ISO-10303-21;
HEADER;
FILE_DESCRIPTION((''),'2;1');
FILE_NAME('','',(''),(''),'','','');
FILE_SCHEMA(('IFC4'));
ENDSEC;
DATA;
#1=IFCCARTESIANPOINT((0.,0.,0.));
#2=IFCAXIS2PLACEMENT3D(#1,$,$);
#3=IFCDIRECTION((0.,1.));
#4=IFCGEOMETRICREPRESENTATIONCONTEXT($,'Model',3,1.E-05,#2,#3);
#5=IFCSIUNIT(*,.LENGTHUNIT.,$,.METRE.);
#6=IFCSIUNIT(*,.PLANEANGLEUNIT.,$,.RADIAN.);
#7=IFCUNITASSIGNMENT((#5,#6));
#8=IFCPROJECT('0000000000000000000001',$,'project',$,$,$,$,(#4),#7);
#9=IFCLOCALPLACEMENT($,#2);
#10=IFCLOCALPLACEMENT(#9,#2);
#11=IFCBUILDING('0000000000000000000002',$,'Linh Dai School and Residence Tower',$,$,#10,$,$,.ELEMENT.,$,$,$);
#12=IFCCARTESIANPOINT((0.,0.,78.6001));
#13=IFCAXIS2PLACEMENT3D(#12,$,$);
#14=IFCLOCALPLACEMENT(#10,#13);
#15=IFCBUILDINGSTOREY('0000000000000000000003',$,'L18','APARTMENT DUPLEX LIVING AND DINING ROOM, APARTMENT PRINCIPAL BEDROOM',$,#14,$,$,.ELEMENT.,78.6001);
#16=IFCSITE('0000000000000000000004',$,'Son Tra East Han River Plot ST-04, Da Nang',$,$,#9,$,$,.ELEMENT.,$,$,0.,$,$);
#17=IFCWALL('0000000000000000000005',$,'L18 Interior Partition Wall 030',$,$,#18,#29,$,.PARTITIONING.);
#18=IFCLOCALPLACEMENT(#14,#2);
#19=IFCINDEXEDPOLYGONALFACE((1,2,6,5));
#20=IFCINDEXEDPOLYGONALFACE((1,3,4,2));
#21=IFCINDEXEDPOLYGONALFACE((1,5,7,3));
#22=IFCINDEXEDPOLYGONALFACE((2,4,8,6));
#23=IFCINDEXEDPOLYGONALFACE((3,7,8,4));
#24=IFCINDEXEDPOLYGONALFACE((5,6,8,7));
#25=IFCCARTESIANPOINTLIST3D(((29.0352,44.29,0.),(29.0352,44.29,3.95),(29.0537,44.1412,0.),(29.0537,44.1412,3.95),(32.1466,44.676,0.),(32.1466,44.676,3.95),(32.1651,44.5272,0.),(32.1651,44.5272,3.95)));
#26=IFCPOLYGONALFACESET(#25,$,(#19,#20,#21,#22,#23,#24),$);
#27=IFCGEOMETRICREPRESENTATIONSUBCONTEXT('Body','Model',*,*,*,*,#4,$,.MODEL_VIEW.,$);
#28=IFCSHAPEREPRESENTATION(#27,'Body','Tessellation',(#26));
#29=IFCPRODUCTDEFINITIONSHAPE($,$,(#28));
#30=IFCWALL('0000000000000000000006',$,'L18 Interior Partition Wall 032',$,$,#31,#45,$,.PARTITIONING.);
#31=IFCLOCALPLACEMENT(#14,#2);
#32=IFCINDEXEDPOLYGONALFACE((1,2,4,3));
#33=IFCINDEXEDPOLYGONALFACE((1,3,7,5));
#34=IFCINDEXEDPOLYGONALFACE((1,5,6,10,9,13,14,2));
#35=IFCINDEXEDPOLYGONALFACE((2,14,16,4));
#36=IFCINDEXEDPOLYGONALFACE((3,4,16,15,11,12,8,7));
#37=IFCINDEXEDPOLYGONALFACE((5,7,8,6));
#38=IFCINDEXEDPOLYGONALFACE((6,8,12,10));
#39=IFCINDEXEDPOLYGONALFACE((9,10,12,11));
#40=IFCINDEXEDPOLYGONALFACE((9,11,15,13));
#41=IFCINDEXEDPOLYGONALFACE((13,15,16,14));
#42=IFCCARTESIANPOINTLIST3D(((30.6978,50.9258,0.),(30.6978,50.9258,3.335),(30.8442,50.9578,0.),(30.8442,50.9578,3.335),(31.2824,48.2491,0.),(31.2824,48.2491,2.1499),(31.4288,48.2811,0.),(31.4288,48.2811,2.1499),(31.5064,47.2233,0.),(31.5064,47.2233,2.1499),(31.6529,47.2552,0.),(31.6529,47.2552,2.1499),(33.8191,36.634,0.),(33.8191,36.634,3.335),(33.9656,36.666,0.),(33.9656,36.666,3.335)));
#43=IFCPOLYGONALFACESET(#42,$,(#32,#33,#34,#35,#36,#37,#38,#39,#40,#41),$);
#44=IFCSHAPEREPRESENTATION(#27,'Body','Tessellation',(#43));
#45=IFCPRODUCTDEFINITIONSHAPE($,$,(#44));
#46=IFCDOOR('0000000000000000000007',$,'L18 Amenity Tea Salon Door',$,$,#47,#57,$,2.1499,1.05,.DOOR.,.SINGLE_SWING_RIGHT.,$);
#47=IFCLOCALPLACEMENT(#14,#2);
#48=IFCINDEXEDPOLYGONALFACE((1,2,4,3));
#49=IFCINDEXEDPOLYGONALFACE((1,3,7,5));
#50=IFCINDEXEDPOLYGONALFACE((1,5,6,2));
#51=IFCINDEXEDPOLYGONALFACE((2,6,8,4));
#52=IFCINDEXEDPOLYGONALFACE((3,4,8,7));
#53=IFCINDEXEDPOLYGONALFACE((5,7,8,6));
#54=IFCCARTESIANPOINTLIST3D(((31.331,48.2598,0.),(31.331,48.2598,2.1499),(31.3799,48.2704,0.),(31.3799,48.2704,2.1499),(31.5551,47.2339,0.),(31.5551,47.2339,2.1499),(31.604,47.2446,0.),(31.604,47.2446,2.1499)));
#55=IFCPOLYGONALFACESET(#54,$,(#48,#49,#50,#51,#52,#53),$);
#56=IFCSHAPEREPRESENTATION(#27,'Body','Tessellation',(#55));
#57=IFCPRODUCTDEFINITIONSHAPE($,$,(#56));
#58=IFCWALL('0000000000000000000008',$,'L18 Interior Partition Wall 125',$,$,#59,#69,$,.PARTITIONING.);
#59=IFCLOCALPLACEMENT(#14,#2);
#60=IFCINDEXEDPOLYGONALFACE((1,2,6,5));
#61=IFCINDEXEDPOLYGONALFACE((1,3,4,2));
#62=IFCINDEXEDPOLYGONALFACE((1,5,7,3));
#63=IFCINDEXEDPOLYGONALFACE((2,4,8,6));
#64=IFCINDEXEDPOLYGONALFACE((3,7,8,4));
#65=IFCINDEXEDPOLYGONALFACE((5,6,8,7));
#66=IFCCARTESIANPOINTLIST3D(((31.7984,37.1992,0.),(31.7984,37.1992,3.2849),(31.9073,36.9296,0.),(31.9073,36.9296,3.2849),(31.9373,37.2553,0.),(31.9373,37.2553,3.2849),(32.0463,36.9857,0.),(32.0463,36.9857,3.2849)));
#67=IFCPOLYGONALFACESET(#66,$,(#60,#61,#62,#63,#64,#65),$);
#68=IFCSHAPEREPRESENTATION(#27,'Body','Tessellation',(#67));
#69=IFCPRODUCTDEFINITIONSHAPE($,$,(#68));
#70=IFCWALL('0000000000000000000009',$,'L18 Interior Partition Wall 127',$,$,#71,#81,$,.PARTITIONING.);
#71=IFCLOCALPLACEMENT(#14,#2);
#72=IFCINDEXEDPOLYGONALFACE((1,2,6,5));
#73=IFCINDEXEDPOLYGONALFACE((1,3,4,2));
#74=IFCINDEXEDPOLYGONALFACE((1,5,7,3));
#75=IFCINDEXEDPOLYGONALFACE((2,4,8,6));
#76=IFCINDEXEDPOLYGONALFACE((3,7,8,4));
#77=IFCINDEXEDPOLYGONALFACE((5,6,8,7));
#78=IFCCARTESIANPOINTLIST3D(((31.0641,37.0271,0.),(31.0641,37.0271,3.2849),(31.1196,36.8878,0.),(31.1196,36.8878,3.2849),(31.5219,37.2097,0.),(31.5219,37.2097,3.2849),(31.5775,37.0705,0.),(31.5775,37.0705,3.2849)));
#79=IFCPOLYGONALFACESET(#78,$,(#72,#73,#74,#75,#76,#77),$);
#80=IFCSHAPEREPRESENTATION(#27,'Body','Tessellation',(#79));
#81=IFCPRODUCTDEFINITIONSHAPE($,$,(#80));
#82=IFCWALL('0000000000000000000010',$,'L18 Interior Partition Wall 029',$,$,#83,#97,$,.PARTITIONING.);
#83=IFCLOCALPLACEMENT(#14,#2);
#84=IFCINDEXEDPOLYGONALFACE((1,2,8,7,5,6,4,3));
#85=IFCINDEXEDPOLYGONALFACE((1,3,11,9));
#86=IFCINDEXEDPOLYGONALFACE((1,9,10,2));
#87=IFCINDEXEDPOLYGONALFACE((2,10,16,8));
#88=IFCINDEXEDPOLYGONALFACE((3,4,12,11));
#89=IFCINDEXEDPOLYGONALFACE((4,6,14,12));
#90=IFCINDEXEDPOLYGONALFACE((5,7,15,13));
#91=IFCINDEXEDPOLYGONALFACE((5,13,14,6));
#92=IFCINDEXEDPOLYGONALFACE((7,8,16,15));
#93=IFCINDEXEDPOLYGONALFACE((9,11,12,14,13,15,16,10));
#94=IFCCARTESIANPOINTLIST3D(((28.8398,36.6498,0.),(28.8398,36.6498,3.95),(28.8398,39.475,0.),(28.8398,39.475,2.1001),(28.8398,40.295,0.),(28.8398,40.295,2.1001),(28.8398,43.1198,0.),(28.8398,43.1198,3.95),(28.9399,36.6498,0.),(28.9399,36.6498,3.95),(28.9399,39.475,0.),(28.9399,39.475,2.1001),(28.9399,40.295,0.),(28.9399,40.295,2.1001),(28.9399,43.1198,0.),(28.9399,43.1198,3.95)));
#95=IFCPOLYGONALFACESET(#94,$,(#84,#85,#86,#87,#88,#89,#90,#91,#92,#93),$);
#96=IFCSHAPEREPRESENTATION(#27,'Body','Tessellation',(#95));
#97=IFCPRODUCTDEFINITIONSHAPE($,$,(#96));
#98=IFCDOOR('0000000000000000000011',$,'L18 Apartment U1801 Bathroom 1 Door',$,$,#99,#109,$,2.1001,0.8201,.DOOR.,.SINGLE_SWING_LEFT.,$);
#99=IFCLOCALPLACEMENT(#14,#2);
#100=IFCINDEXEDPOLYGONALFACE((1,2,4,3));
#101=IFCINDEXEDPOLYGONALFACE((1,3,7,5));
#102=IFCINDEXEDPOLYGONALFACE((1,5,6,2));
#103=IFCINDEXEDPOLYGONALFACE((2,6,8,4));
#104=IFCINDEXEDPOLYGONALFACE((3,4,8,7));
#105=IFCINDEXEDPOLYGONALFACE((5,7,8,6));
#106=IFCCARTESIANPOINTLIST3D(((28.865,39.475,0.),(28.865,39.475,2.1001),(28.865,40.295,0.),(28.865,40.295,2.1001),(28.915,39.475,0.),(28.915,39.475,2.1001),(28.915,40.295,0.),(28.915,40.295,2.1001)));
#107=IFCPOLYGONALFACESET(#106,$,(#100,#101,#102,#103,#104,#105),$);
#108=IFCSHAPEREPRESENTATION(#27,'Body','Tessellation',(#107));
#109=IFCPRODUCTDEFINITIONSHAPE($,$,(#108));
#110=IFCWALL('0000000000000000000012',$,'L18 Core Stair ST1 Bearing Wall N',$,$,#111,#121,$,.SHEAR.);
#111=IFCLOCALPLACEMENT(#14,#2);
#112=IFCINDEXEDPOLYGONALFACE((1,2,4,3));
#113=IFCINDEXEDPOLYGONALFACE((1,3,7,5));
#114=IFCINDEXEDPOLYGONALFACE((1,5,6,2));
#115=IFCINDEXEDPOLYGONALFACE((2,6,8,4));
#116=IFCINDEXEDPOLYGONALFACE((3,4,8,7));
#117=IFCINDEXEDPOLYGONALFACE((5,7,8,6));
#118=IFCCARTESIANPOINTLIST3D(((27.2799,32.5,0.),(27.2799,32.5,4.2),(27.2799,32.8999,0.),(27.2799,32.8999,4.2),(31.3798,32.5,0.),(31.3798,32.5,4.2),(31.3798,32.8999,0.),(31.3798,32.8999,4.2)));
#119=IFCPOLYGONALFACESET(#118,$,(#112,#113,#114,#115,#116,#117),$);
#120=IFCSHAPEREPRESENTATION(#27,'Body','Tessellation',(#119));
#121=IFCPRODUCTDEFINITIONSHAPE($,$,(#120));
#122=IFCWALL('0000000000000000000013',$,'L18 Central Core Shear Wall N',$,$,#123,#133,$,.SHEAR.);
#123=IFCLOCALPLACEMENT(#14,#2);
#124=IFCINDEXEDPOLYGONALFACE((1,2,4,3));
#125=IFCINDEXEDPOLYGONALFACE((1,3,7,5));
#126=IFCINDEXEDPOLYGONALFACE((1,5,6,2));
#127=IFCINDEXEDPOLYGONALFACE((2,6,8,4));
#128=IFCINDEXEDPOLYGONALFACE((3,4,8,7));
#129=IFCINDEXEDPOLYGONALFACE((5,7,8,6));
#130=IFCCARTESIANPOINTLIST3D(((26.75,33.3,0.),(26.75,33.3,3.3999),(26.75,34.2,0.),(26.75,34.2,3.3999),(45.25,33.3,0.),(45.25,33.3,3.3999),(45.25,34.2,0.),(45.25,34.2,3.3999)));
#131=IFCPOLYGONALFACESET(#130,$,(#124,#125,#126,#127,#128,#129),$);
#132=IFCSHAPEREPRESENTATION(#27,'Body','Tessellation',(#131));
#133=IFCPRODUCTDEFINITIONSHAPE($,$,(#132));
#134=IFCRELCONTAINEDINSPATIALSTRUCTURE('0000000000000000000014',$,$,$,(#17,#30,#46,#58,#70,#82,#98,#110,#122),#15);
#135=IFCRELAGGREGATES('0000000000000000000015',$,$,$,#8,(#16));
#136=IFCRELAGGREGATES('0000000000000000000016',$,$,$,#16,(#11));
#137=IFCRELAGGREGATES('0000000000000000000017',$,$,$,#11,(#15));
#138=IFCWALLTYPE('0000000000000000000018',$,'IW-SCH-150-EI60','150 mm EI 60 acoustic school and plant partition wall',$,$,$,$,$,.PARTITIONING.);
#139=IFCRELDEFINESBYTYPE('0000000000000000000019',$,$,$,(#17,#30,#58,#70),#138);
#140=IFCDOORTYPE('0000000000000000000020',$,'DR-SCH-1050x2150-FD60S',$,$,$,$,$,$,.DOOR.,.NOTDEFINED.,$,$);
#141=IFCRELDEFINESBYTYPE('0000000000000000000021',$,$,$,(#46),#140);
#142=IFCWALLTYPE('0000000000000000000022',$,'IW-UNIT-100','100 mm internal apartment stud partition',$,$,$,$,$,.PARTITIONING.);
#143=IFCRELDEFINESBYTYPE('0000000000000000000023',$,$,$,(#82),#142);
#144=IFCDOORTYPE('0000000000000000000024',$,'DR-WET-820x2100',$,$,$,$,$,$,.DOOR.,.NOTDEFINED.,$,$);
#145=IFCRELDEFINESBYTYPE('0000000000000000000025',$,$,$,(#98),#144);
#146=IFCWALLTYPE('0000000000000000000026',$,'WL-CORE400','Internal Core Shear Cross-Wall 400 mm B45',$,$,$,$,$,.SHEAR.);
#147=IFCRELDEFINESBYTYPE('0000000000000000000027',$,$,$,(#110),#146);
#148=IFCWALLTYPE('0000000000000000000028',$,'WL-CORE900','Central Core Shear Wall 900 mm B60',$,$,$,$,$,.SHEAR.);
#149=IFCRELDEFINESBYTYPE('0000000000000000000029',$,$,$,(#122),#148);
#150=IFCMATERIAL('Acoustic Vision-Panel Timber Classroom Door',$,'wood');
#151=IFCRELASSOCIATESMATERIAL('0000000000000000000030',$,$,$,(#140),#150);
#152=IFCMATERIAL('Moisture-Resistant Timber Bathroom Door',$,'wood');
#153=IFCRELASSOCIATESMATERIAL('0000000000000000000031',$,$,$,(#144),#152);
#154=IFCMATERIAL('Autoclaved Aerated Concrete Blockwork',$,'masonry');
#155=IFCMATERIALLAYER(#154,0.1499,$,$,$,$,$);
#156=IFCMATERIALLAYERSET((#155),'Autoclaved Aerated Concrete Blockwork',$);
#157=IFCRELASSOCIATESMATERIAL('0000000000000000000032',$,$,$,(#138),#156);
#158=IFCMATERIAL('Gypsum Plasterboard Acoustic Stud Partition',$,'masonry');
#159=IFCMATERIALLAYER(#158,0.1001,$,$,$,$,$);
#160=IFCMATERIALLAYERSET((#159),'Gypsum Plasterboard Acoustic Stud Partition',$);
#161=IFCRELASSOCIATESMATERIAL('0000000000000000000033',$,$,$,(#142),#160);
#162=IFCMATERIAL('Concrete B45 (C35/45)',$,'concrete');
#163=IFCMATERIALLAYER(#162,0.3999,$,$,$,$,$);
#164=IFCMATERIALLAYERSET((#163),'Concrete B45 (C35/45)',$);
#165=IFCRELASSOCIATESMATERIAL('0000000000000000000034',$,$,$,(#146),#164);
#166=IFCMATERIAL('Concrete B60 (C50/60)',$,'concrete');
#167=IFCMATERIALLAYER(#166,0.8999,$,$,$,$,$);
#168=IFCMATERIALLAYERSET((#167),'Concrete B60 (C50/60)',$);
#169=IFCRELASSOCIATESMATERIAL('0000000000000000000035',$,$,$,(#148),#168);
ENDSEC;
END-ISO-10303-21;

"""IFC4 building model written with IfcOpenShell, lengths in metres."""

from ifc_helpers import new_model, si_unit, direction, frame, frame_2d, origin, origin_2d, place, context, subcontext, project, spatial, rectangle, extrude, source, transform, mapped, material, layer, layer_set, type_object, element, fill, save


model = new_model("IFC4")

# Units and contexts
model_context = context("Model", 3, precision=1e-05, world=origin(), true_north=direction((0.0, 1.0)))
body_context = subcontext(model_context, "Body", "Model", "MODEL_VIEW")
ifc_project = project(units=[si_unit("LENGTHUNIT", "METRE"), si_unit("PLANEANGLEUNIT", "RADIAN")], contexts=[model_context])

# Site, building, storey
site_placement = place(None, origin())
site = spatial("IfcSite", under=ifc_project, at=site_placement, Name="Son Tra East Han River Plot ST-04, Da Nang", CompositionType="ELEMENT", RefElevation=0.0)
building_placement = place(site_placement, origin())
building = spatial("IfcBuilding", under=site, at=building_placement, Name="Linh Dai School and Residence Tower", CompositionType="ELEMENT")
storey_placement = place(building_placement, frame((0.0, 0.0, 78.6001)))
storey = spatial("IfcBuildingStorey", under=building, at=storey_placement, Name="L18", Description="APARTMENT DUPLEX LIVING AND DINING ROOM, APARTMENT PRINCIPAL BEDROOM", CompositionType="ELEMENT", Elevation=78.6001)

# Shared definitions
ifc_material_1 = material(Name="Autoclaved Aerated Concrete Blockwork", Category="masonry")
ifc_material_2 = material(Name="Acoustic Vision-Panel Timber Classroom Door", Category="wood")
door_type_1 = type_object("IfcDoorType", Name="DR-SCH-1050x2150-FD60S", OperationType="NOTDEFINED", PredefinedType="DOOR", material=ifc_material_2)
shared_shape_1 = source(origin(), body_context, "Body", "SweptSolid", [
    extrude(rectangle(XDim=1.05, YDim=2.1499, at=origin_2d()), frame((0.5249, 0.0249, 1.075), z_axis=(0.0, -1.0, 0.0), x_axis=(1.0, 0.0, 0.0)), (0.0, 0.0, 1.0), 0.05),
])
ifc_material_3 = material(Name="Moisture-Resistant Timber Bathroom Door", Category="wood")
door_type_2 = type_object("IfcDoorType", Name="DR-WET-820x2100", OperationType="NOTDEFINED", PredefinedType="DOOR", material=ifc_material_3)
shared_shape_2 = source(origin(), body_context, "Body", "SweptSolid", [
    extrude(rectangle(XDim=0.8201, YDim=2.1001, at=origin_2d()), frame((0.4102, 0.0249, 1.05), z_axis=(0.0, -1.0, 0.0), x_axis=(1.0, 0.0, 0.0)), (0.0, 0.0, 1.0), 0.05),
])

# Wall
ifc_layer_1 = layer(ifc_material_1, 0.1499)
ifc_layer_set_1 = layer_set([ifc_layer_1], Name="Autoclaved Aerated Concrete Blockwork")
wall_type_1 = type_object("IfcWallType", Name="IW-SCH-150-EI60", Description="150 mm EI 60 acoustic school and plant partition wall", PredefinedType="PARTITIONING", material=ifc_layer_set_1)
wall_1_placement = place(storey_placement, frame((29.0444, 44.2156, 0.0), z_axis=(0.0, 0.0, 1.0), x_axis=(0.992392, 0.123115, 0.0)))
element("IfcWall", 1, at=wall_1_placement, inside=storey, type_object=wall_type_1, Name="L18 Interior Partition Wall 030", PredefinedType="PARTITIONING", context=body_context, shape_type="SweptSolid", body=[
    extrude(rectangle(XDim=3.1353, YDim=0.1499, at=frame_2d((1.5676, 0.0))), origin(), (0.0, 0.0, 1.0), 3.95),
])

# Wall, opening, door
wall_2_placement = place(storey_placement, frame((30.771, 50.9419, 0.0), z_axis=(0.0, 0.0, 1.0), x_axis=(0.213372, -0.976971, 0.0)))
wall_2 = element("IfcWall", 2, at=wall_2_placement, inside=storey, type_object=wall_type_1, Name="L18 Interior Partition Wall 032", PredefinedType="PARTITIONING", context=body_context, shape_type="SweptSolid", body=[
    extrude(rectangle(XDim=14.6287, YDim=0.1499, at=frame_2d((7.3145, 0.0))), origin(), (0.0, 0.0, 1.0), 3.335),
])
opening_1_placement = place(wall_2_placement, frame((2.74, 0.0, 0.0)))
opening_1 = element("IfcOpeningElement", 3, at=opening_1_placement, cuts=wall_2, PredefinedType="OPENING", context=body_context, shape_type="SweptSolid", body=[
    extrude(rectangle(XDim=1.05, YDim=2.1499, at=origin_2d()), frame((0.5249, 0.085, 1.075), z_axis=(0.0, -1.0, 0.0), x_axis=(1.0, 0.0, 0.0)), (0.0, 0.0, 1.0), 0.1699),
])
door_1_placement = place(opening_1_placement, origin())
door_1 = element("IfcDoor", 4, at=door_1_placement, inside=storey, type_object=door_type_1, Name="L18 Amenity Tea Salon Door", OperationType="SINGLE_SWING_RIGHT", OverallHeight=2.1499, OverallWidth=1.05, PredefinedType="DOOR", context=body_context, shape_type="MappedRepresentation", body=[
    mapped(shared_shape_1, transform((0.0, 0.0, 0.0), x_axis=(1.0, 0.0, 0.0), y_axis=(0.0, 1.0, 0.0), z_axis=(0.0, 0.0, 1.0), scale=1.0)),
])
fill(opening_1, door_1)

# Walls
wall_3_placement = place(storey_placement, frame((31.9768, 36.9575, 0.0), z_axis=(0.0, 0.0, 1.0), x_axis=(-0.374574, 0.927197, 0.0)))
element("IfcWall", 5, at=wall_3_placement, inside=storey, type_object=wall_type_1, Name="L18 Interior Partition Wall 125", PredefinedType="PARTITIONING", context=body_context, shape_type="SweptSolid", body=[
    extrude(rectangle(XDim=0.2908, YDim=0.1499, at=frame_2d((0.1455, 0.0))), origin(), (0.0, 0.0, 1.0), 3.2849),
])
wall_4_placement = place(storey_placement, frame((31.5498, 37.1401, 0.0), z_axis=(0.0, 0.0, 1.0), x_axis=(-0.928818, -0.370536, 0.0)))
element("IfcWall", 6, at=wall_4_placement, inside=storey, type_object=wall_type_1, Name="L18 Interior Partition Wall 127", PredefinedType="PARTITIONING", context=body_context, shape_type="SweptSolid", body=[
    extrude(rectangle(XDim=0.4929, YDim=0.1499, at=frame_2d((0.2466, 0.0))), origin(), (0.0, 0.0, 1.0), 3.2849),
])

# Wall, opening, door
ifc_material_4 = material(Name="Gypsum Plasterboard Acoustic Stud Partition", Category="masonry")
ifc_layer_2 = layer(ifc_material_4, 0.1001)
ifc_layer_set_2 = layer_set([ifc_layer_2], Name="Gypsum Plasterboard Acoustic Stud Partition")
wall_type_2 = type_object("IfcWallType", Name="IW-UNIT-100", Description="100 mm internal apartment stud partition", PredefinedType="PARTITIONING", material=ifc_layer_set_2)
wall_5_placement = place(storey_placement, frame((28.8899, 36.6499, 0.0), z_axis=(0.0, 0.0, 1.0), x_axis=(0.0, 1.0, 0.0)))
wall_5 = element("IfcWall", 7, at=wall_5_placement, inside=storey, type_object=wall_type_2, Name="L18 Interior Partition Wall 029", PredefinedType="PARTITIONING", context=body_context, shape_type="SweptSolid", body=[
    extrude(rectangle(XDim=6.47, YDim=0.1001, at=frame_2d((3.2349, 0.0))), origin(), (0.0, 0.0, 1.0), 3.95),
])
opening_2_placement = place(wall_5_placement, frame((2.825, 0.0, 0.0)))
opening_2 = element("IfcOpeningElement", 8, at=opening_2_placement, cuts=wall_5, PredefinedType="OPENING", context=body_context, shape_type="SweptSolid", body=[
    extrude(rectangle(XDim=0.8201, YDim=2.1001, at=origin_2d()), frame((0.4102, 0.0601, 1.05), z_axis=(0.0, -1.0, 0.0), x_axis=(1.0, 0.0, 0.0)), (0.0, 0.0, 1.0), 0.1201),
])
door_2_placement = place(opening_2_placement, origin())
door_2 = element("IfcDoor", 9, at=door_2_placement, inside=storey, type_object=door_type_2, Name="L18 Apartment U1801 Bathroom 1 Door", OperationType="SINGLE_SWING_LEFT", OverallHeight=2.1001, OverallWidth=0.8201, PredefinedType="DOOR", context=body_context, shape_type="MappedRepresentation", body=[
    mapped(shared_shape_2, transform((0.0, 0.0, 0.0), x_axis=(1.0, 0.0, 0.0), y_axis=(0.0, 1.0, 0.0), z_axis=(0.0, 0.0, 1.0), scale=1.0)),
])
fill(opening_2, door_2)

# Walls
ifc_material_5 = material(Name="Concrete B45 (C35/45)", Category="concrete")
ifc_layer_3 = layer(ifc_material_5, 0.3999)
ifc_layer_set_3 = layer_set([ifc_layer_3], Name="Concrete B45 (C35/45)")
wall_type_3 = type_object("IfcWallType", Name="WL-CORE400", Description="Internal Core Shear Cross-Wall 400 mm B45", PredefinedType="SHEAR", material=ifc_layer_set_3)
wall_6_placement = place(storey_placement, frame((27.28, 32.7, 0.0), z_axis=(0.0, 0.0, 1.0), x_axis=(1.0, 0.0, 0.0)))
element("IfcWall", 10, at=wall_6_placement, inside=storey, type_object=wall_type_3, Name="L18 Core Stair ST1 Bearing Wall N", PredefinedType="SHEAR", context=body_context, shape_type="SweptSolid", body=[
    extrude(rectangle(XDim=4.0999, YDim=0.3999, at=frame_2d((2.0498, 0.0))), origin(), (0.0, 0.0, 1.0), 4.2),
])
ifc_material_6 = material(Name="Concrete B60 (C50/60)", Category="concrete")
ifc_layer_4 = layer(ifc_material_6, 0.8999)
ifc_layer_set_4 = layer_set([ifc_layer_4], Name="Concrete B60 (C50/60)")
wall_type_4 = type_object("IfcWallType", Name="WL-CORE900", Description="Central Core Shear Wall 900 mm B60", PredefinedType="SHEAR", material=ifc_layer_set_4)
wall_7_placement = place(storey_placement, frame((26.75, 33.75, 0.0), z_axis=(0.0, 0.0, 1.0), x_axis=(1.0, 0.0, 0.0)))
element("IfcWall", 11, at=wall_7_placement, inside=storey, type_object=wall_type_4, Name="L18 Central Core Shear Wall N", PredefinedType="SHEAR", context=body_context, shape_type="SweptSolid", body=[
    extrude(rectangle(XDim=18.5, YDim=0.8999, at=frame_2d((9.25, 0.0))), origin(), (0.0, 0.0, 1.0), 3.3999),
])

save(model, "model.ifc")
